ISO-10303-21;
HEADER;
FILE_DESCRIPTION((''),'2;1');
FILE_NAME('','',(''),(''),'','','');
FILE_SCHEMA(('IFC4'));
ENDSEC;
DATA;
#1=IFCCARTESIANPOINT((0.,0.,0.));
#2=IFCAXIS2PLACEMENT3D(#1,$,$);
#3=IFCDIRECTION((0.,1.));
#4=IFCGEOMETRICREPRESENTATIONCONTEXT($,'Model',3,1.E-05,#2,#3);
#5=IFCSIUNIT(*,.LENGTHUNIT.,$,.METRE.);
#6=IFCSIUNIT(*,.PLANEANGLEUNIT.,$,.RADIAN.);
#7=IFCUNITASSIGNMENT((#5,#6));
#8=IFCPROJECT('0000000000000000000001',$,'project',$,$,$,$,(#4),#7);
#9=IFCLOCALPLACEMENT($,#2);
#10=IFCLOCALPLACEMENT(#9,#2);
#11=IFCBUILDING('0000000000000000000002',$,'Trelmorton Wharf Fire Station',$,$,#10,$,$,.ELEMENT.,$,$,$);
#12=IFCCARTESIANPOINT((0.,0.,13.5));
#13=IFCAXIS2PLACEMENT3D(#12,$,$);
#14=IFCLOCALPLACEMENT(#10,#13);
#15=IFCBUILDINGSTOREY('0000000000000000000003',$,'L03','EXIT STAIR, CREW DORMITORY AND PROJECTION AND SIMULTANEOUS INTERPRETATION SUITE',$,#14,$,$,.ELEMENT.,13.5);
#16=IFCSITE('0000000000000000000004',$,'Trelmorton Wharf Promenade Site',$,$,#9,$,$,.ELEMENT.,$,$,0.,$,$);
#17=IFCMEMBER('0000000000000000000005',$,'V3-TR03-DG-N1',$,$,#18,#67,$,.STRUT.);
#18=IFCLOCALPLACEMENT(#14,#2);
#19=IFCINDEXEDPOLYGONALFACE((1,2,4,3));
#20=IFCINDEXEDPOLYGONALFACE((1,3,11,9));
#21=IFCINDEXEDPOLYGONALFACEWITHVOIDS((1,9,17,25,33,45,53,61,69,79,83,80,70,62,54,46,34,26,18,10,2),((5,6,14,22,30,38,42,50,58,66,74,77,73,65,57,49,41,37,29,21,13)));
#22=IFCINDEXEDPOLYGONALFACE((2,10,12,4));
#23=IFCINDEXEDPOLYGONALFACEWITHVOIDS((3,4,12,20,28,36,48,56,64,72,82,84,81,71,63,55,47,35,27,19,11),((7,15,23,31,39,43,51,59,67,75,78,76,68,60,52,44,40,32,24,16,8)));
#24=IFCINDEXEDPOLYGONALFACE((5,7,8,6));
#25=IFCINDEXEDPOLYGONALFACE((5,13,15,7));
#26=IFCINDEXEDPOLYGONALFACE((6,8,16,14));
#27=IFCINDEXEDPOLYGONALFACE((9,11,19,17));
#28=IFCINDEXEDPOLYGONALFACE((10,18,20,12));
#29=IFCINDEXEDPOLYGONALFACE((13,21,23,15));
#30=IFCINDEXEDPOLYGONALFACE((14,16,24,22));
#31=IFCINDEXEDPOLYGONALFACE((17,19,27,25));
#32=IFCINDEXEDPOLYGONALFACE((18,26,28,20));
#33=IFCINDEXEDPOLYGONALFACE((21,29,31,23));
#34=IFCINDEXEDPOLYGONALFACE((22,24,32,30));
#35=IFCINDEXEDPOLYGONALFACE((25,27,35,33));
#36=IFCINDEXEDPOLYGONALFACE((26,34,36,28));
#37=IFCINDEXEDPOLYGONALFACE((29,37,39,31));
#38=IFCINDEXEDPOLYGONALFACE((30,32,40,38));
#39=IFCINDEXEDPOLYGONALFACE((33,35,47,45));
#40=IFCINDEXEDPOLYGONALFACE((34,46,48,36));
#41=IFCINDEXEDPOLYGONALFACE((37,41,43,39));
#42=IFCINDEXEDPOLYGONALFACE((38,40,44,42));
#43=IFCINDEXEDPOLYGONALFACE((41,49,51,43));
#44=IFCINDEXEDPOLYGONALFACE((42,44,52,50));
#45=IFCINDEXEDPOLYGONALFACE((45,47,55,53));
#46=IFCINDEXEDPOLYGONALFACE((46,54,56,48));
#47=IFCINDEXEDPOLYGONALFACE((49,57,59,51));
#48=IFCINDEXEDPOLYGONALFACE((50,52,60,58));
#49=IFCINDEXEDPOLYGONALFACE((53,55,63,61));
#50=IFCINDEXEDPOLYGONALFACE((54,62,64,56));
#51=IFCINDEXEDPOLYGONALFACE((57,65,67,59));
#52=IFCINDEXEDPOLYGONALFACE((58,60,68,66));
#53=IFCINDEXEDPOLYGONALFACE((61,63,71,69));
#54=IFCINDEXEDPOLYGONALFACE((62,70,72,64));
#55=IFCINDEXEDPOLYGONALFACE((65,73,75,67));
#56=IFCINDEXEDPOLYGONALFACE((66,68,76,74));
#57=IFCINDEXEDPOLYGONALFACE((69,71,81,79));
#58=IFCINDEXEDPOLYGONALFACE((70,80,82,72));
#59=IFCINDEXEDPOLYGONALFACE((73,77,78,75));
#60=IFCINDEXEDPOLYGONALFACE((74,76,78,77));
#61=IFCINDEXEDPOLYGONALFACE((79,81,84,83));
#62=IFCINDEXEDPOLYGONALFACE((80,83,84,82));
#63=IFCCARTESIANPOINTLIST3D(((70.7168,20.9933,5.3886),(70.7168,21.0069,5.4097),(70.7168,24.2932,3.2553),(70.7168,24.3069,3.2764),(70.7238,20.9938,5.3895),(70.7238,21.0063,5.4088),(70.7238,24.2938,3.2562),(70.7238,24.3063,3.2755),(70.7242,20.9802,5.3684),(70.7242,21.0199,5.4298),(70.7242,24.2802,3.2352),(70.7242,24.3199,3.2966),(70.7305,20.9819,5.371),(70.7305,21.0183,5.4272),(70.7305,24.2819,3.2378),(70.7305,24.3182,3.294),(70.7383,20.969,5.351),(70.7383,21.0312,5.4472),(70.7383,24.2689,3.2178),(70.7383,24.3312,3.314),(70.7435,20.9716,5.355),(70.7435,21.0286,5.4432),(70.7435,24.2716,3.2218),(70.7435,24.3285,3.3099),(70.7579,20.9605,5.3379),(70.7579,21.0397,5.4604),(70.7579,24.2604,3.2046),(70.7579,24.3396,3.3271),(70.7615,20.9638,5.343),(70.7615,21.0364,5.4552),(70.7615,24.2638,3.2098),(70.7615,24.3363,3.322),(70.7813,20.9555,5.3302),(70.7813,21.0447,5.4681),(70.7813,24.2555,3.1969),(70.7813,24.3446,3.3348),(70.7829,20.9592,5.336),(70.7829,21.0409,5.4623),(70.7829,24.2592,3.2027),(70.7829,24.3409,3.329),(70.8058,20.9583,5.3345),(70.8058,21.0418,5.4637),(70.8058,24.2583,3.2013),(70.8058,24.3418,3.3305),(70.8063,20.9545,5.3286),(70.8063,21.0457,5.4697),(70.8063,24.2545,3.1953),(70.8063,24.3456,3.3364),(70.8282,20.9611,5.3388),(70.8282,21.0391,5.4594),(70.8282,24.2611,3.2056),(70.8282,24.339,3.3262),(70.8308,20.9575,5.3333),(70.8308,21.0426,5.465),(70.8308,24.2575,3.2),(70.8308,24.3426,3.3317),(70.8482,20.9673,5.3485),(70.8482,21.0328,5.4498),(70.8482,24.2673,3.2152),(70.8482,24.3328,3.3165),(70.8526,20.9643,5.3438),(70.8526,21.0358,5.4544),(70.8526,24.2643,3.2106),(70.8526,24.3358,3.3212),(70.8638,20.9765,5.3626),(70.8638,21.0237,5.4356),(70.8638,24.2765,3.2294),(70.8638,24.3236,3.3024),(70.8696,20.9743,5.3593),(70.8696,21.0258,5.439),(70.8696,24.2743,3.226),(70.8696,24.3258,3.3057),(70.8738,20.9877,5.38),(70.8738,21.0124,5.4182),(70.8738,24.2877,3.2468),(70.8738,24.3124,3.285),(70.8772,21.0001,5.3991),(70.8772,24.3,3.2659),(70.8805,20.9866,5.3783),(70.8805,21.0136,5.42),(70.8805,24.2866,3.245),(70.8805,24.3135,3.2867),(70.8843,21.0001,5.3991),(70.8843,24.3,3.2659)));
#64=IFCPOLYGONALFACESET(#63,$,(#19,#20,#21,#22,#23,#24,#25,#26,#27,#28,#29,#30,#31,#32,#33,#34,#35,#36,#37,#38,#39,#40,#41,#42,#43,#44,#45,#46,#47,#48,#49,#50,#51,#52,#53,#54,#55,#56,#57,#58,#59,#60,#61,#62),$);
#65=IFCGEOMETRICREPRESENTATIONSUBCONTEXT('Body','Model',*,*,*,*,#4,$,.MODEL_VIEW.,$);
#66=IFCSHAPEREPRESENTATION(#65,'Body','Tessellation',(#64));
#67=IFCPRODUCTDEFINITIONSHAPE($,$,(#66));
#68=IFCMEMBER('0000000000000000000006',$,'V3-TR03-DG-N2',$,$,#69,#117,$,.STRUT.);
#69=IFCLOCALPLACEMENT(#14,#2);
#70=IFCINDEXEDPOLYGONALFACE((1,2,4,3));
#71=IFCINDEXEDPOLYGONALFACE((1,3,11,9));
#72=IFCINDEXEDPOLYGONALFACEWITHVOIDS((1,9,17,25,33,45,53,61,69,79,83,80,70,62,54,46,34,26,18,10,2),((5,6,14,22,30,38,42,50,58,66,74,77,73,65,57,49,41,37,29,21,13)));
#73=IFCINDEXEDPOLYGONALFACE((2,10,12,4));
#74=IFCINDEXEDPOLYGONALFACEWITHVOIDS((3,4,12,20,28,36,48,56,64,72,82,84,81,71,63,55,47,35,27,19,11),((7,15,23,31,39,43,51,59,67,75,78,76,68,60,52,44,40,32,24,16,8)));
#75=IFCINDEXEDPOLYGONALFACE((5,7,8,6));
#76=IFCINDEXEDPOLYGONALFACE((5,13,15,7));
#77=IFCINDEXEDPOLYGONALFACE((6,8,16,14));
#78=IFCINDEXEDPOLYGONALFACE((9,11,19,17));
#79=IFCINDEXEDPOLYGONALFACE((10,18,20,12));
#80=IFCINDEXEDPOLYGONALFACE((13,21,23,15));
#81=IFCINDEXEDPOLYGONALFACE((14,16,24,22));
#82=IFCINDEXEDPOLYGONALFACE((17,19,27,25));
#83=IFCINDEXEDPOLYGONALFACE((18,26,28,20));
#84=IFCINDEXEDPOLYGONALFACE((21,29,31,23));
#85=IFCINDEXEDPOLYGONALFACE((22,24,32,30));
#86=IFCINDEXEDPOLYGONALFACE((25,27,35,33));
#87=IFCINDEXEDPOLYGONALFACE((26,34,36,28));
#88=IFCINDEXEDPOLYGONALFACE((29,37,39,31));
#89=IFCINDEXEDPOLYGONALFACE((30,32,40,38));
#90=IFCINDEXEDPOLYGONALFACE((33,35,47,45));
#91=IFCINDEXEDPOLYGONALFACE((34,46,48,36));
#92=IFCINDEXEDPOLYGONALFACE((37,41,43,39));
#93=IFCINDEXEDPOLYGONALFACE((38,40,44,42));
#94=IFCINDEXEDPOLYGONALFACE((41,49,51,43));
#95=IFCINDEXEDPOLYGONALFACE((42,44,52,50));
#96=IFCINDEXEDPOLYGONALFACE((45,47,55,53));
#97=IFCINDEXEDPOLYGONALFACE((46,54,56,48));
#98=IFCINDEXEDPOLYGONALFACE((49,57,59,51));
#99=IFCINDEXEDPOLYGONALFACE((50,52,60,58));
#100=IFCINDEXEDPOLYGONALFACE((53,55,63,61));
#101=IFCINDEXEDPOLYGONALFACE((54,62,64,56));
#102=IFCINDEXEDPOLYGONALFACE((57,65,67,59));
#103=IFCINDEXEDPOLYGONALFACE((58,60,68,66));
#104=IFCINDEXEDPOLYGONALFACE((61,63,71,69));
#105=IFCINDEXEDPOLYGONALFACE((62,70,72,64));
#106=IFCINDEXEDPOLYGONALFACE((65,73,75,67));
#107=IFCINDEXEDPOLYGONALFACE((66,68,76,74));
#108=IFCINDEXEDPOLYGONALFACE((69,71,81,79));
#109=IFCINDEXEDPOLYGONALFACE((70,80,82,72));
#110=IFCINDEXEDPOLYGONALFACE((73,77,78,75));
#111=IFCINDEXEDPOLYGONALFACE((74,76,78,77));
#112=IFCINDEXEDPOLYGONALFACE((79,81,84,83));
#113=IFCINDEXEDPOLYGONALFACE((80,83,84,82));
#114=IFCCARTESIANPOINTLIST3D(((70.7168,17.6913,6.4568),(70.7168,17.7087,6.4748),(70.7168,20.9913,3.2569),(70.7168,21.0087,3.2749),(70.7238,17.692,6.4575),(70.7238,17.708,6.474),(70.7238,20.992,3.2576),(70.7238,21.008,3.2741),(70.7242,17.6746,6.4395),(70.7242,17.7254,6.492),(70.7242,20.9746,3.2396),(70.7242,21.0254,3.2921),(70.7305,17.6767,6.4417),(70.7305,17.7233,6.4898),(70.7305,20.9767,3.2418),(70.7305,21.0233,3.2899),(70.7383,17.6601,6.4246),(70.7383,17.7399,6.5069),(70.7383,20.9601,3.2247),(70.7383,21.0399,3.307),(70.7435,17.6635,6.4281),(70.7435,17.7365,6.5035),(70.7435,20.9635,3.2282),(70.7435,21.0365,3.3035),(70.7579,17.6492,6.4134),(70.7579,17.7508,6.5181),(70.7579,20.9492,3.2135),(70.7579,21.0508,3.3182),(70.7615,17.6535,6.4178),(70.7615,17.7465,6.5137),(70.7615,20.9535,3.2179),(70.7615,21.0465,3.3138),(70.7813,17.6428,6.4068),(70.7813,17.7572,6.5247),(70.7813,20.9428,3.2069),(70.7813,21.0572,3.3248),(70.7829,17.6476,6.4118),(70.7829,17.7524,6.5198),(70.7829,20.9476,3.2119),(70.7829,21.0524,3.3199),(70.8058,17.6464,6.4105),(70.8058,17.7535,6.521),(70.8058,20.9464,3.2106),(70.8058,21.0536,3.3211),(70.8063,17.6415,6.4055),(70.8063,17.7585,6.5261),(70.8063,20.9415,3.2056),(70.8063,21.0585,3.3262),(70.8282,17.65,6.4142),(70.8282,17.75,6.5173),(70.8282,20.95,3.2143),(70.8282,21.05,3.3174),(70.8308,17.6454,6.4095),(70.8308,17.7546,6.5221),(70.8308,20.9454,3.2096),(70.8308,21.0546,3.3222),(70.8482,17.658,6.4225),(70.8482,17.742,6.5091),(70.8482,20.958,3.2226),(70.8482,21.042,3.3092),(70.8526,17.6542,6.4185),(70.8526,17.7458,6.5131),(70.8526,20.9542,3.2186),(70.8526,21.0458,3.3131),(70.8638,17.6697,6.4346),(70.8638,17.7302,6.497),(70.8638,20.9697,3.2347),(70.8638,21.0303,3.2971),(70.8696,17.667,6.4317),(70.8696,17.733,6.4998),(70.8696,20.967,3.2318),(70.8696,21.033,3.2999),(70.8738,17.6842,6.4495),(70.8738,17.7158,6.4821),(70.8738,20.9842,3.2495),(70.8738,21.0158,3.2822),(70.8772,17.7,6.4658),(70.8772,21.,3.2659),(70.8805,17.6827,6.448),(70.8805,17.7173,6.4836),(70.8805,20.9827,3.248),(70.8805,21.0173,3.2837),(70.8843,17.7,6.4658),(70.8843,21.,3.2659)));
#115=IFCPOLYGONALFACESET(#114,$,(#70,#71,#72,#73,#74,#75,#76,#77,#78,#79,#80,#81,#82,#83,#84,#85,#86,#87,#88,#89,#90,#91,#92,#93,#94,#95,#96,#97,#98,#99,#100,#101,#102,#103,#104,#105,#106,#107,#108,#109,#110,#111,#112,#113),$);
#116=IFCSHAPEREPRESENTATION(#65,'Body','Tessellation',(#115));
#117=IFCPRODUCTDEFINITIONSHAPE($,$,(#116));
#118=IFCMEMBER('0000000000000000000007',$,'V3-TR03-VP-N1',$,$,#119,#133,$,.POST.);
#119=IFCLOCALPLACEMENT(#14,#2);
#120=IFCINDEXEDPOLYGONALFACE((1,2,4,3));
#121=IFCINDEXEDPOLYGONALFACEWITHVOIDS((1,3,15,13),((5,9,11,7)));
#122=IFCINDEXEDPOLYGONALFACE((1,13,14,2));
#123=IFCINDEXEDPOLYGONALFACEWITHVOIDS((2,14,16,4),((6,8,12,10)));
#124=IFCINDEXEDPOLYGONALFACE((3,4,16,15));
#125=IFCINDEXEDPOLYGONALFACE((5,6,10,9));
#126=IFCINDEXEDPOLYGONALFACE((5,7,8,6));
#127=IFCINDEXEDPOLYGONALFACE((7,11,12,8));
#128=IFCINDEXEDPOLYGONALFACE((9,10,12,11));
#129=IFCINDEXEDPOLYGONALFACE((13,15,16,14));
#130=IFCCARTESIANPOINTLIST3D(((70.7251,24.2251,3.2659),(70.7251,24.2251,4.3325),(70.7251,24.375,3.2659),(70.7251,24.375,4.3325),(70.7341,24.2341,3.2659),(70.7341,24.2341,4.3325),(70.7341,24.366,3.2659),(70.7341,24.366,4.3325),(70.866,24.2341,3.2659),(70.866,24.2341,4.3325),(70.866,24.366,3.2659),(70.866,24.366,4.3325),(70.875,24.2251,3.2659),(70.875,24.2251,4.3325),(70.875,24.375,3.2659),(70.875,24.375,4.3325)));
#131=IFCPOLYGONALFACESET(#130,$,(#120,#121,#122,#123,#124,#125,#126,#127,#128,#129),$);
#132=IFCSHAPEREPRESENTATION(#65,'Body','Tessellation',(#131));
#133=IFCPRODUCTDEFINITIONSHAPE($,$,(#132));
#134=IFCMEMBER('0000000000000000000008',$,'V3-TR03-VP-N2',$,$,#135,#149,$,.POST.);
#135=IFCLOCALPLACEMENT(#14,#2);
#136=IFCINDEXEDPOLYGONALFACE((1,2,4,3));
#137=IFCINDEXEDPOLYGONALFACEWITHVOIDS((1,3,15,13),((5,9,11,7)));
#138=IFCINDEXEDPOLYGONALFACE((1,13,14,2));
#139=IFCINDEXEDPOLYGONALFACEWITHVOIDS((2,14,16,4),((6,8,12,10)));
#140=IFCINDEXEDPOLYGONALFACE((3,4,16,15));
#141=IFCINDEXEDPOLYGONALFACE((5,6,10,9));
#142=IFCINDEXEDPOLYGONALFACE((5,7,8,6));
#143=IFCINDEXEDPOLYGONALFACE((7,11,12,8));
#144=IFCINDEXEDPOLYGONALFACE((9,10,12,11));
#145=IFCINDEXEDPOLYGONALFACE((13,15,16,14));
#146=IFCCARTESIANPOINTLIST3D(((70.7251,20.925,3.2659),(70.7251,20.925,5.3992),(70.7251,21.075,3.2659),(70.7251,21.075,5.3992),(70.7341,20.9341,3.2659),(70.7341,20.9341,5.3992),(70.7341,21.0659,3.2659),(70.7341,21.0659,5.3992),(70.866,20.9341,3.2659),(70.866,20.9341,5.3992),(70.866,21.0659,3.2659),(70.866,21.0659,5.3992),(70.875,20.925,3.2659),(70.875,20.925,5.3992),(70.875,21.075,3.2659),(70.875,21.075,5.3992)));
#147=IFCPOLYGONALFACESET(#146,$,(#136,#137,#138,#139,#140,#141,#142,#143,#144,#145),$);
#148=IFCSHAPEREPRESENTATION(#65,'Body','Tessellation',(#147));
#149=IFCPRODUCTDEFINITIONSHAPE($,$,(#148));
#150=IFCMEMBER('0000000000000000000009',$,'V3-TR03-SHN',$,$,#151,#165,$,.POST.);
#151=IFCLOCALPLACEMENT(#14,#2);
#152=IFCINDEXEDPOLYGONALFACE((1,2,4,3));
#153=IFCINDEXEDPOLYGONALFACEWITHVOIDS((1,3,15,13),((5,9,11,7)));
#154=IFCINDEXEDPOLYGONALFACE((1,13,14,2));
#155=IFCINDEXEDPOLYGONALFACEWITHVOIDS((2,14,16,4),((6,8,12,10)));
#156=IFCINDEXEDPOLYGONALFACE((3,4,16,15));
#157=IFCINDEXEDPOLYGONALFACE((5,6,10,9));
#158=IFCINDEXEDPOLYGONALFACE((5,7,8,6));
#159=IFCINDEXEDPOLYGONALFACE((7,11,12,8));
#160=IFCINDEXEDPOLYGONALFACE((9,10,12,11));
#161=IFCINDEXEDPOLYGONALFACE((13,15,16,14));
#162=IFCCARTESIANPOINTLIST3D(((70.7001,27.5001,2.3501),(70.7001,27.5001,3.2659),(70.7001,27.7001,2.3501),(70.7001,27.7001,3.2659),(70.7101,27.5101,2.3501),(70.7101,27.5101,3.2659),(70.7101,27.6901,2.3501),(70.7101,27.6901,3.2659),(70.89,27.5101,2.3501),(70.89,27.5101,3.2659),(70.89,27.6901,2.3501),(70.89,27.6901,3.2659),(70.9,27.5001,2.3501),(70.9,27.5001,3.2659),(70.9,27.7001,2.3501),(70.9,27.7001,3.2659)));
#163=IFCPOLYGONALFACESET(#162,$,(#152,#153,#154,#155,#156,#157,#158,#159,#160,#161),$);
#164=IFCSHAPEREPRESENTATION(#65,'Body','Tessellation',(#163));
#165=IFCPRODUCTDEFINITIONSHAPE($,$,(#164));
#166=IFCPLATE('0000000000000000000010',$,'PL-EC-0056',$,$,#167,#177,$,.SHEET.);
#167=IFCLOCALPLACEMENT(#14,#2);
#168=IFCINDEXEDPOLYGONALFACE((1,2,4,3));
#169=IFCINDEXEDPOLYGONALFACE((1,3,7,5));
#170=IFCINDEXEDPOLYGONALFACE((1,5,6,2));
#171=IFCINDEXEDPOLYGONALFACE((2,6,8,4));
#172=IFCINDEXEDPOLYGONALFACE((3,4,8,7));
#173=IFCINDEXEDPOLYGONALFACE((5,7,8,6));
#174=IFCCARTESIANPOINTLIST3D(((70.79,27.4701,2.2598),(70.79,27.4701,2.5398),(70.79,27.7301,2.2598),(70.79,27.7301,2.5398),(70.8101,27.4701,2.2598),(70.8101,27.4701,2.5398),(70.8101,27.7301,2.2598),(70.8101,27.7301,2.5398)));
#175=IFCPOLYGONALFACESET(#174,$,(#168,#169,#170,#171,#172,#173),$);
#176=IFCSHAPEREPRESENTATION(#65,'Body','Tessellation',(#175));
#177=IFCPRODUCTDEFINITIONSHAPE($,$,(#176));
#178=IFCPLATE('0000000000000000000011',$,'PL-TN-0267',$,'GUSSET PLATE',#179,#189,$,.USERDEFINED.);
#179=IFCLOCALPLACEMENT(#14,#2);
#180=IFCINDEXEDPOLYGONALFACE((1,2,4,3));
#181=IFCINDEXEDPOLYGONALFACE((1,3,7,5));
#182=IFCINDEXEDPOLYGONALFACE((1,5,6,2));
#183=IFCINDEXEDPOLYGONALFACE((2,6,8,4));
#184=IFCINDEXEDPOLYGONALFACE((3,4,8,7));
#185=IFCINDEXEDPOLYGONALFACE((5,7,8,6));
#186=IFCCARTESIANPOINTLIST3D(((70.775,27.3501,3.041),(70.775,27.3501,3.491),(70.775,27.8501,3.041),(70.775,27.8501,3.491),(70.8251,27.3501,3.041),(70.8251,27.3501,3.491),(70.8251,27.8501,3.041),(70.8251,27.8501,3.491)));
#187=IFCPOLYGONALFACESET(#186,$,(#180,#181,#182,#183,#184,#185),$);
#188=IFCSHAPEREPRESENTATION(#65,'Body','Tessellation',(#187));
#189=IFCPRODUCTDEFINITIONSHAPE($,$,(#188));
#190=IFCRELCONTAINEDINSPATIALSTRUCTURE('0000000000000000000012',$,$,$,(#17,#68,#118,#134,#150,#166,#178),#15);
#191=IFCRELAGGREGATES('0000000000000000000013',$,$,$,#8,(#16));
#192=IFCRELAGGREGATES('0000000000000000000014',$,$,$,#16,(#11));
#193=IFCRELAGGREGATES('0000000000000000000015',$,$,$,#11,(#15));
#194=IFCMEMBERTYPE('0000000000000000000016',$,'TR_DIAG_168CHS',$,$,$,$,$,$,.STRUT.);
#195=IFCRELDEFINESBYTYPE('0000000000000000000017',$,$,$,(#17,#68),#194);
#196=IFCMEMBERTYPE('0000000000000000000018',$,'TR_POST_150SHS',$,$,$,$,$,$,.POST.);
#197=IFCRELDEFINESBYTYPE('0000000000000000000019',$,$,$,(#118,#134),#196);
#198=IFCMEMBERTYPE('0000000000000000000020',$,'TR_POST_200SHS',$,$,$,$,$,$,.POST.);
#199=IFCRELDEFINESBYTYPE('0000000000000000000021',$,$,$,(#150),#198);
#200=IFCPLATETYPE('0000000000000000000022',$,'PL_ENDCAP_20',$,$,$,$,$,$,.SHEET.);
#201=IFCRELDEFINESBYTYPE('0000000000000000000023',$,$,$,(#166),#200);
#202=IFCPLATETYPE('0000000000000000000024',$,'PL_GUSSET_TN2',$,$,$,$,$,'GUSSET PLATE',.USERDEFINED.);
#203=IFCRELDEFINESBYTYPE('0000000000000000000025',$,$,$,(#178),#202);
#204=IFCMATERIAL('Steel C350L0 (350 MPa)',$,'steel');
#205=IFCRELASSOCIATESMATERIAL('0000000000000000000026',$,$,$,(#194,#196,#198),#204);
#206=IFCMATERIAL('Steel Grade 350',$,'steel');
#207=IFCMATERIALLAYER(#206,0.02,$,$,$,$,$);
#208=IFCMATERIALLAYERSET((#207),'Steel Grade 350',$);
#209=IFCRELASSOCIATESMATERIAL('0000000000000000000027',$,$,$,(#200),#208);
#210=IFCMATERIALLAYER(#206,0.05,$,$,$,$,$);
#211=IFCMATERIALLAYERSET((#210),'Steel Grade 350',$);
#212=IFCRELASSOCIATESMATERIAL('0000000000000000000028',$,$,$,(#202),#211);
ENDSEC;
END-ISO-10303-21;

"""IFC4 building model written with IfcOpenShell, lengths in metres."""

from ifc_helpers import new_model, si_unit, direction, frame, origin, origin_2d, place, context, subcontext, project, spatial, rectangle, hollow_rectangle, hollow_circle, extrude, material, layer, layer_set, material_profile, profile_set, type_object, element, save


model = new_model("IFC4")

# Units and contexts
model_context = context("Model", 3, precision=1e-05, world=origin(), true_north=direction((0.0, 1.0)))
body_context = subcontext(model_context, "Body", "Model", "MODEL_VIEW")
ifc_project = project(units=[si_unit("LENGTHUNIT", "METRE"), si_unit("PLANEANGLEUNIT", "RADIAN")], contexts=[model_context])

# Site, building, storey
site_placement = place(None, origin())
site = spatial("IfcSite", under=ifc_project, at=site_placement, Name="Trelmorton Wharf Promenade Site", CompositionType="ELEMENT", RefElevation=0.0)
building_placement = place(site_placement, origin())
building = spatial("IfcBuilding", under=site, at=building_placement, Name="Trelmorton Wharf Fire Station", CompositionType="ELEMENT")
storey_placement = place(building_placement, frame((0.0, 0.0, 13.5)))
storey = spatial("IfcBuildingStorey", under=building, at=storey_placement, Name="L03", Description="EXIT STAIR, CREW DORMITORY AND PROJECTION AND SIMULTANEOUS INTERPRETATION SUITE", CompositionType="ELEMENT", Elevation=13.5)

# Shared definitions
ifc_material_1 = material(Name="Steel Grade 350", Category="steel")

# Members
ifc_material_2 = material(Name="Steel C350L0 (350 MPa)", Category="steel")
ifc_material_profile_1 = material_profile(ifc_material_2, hollow_circle(Radius=0.0842, WallThickness=0.0071, at=origin_2d()), Name="168.3x7.1CHS")
ifc_profile_set_1 = profile_set([ifc_material_profile_1], Name="Steel C350L0 (350 MPa)")
member_type_1 = type_object("IfcMemberType", Name="TR_DIAG_168CHS", PredefinedType="STRUT", material=ifc_profile_set_1)
member_1_placement = place(storey_placement, frame((70.8, 24.3, 3.2659), z_axis=(0.0, -0.839805, 0.542888), x_axis=(1.0, 0.0, 0.0)))
element("IfcMember", 1, at=member_1_placement, inside=storey, type_object=member_type_1, Name="V3-TR03-DG-N1", PredefinedType="STRUT", context=body_context, shape_type="SweptSolid", body=[
    extrude(hollow_circle(Radius=0.0842, WallThickness=0.0071, at=origin_2d()), origin(), (0.0, 0.0, 1.0), 3.9294),
])
member_2_placement = place(storey_placement, frame((70.8, 21.0, 3.2659), z_axis=(0.0, -0.717911, 0.696135), x_axis=(1.0, 0.0, 0.0)))
element("IfcMember", 2, at=member_2_placement, inside=storey, type_object=member_type_1, Name="V3-TR03-DG-N2", PredefinedType="STRUT", context=body_context, shape_type="SweptSolid", body=[
    extrude(hollow_circle(Radius=0.0842, WallThickness=0.0071, at=origin_2d()), origin(), (0.0, 0.0, 1.0), 4.5967),
])
ifc_material_profile_2 = material_profile(ifc_material_2, hollow_rectangle(XDim=0.1499, YDim=0.1499, WallThickness=0.009, at=origin_2d()), Name="150x150x9.0SHS")
ifc_profile_set_2 = profile_set([ifc_material_profile_2], Name="Steel C350L0 (350 MPa)")
member_type_2 = type_object("IfcMemberType", Name="TR_POST_150SHS", PredefinedType="POST", material=ifc_profile_set_2)
member_3_placement = place(storey_placement, frame((70.8, 24.3, 3.2659), z_axis=(0.0, 0.0, 1.0), x_axis=(1.0, 0.0, 0.0)))
element("IfcMember", 3, at=member_3_placement, inside=storey, type_object=member_type_2, Name="V3-TR03-VP-N1", PredefinedType="POST", context=body_context, shape_type="SweptSolid", body=[
    extrude(hollow_rectangle(XDim=0.1499, YDim=0.1499, WallThickness=0.009, at=origin_2d()), origin(), (0.0, 0.0, 1.0), 1.0667),
])
member_4_placement = place(storey_placement, frame((70.8, 21.0, 3.2659), z_axis=(0.0, 0.0, 1.0), x_axis=(1.0, 0.0, 0.0)))
element("IfcMember", 4, at=member_4_placement, inside=storey, type_object=member_type_2, Name="V3-TR03-VP-N2", PredefinedType="POST", context=body_context, shape_type="SweptSolid", body=[
    extrude(hollow_rectangle(XDim=0.1499, YDim=0.1499, WallThickness=0.009, at=origin_2d()), origin(), (0.0, 0.0, 1.0), 2.1333),
])
ifc_material_profile_3 = material_profile(ifc_material_2, hollow_rectangle(XDim=0.2, YDim=0.2, WallThickness=0.01, at=origin_2d()), Name="200x200x10.0SHS")
ifc_profile_set_3 = profile_set([ifc_material_profile_3], Name="Steel C350L0 (350 MPa)")
member_type_3 = type_object("IfcMemberType", Name="TR_POST_200SHS", PredefinedType="POST", material=ifc_profile_set_3)
member_5_placement = place(storey_placement, frame((70.8, 27.6001, 2.3501), z_axis=(0.0, 0.0, 1.0), x_axis=(1.0, 0.0, 0.0)))
element("IfcMember", 5, at=member_5_placement, inside=storey, type_object=member_type_3, Name="V3-TR03-SHN", PredefinedType="POST", context=body_context, shape_type="SweptSolid", body=[
    extrude(hollow_rectangle(XDim=0.2, YDim=0.2, WallThickness=0.01, at=origin_2d()), origin(), (0.0, 0.0, 1.0), 0.9158),
])

# Plates
ifc_layer_1 = layer(ifc_material_1, 0.02)
ifc_layer_set_1 = layer_set([ifc_layer_1], Name="Steel Grade 350")
plate_type_1 = type_object("IfcPlateType", Name="PL_ENDCAP_20", PredefinedType="SHEET", material=ifc_layer_set_1)
plate_placement = place(storey_placement, frame((70.8, 27.6001, 2.2598), z_axis=(0.0, 0.0, 1.0), x_axis=(1.0, 0.0, 0.0)))
element("IfcPlate", 6, at=plate_placement, inside=storey, type_object=plate_type_1, Name="PL-EC-0056", PredefinedType="SHEET", context=body_context, shape_type="SweptSolid", body=[
    extrude(rectangle(XDim=0.02, YDim=0.26, at=origin_2d()), origin(), (0.0, 0.0, 1.0), 0.28),
])
ifc_layer_2 = layer(ifc_material_1, 0.05)
ifc_layer_set_2 = layer_set([ifc_layer_2], Name="Steel Grade 350")
plate_type_2 = type_object("IfcPlateType", Name="PL_GUSSET_TN2", ElementType="GUSSET PLATE", PredefinedType="USERDEFINED", material=ifc_layer_set_2)
for number, where, z_axis, x_axis, name in (
    (7, (70.8, 27.6001, 3.041), (0.0, 0.0, 1.0), (1.0, 0.0, 0.0), "PL-TN-0267"),
):
    element("IfcPlate", number, at=place(storey_placement, frame(where, z_axis=z_axis, x_axis=x_axis)), inside=storey, type_object=plate_type_2, Name=name, ObjectType="GUSSET PLATE", PredefinedType="USERDEFINED", context=body_context, shape_type="SweptSolid", body=[
        extrude(rectangle(XDim=0.05, YDim=0.5, at=origin_2d()), origin(), (0.0, 0.0, 1.0), 0.45),
    ])

save(model, "model.ifc")
